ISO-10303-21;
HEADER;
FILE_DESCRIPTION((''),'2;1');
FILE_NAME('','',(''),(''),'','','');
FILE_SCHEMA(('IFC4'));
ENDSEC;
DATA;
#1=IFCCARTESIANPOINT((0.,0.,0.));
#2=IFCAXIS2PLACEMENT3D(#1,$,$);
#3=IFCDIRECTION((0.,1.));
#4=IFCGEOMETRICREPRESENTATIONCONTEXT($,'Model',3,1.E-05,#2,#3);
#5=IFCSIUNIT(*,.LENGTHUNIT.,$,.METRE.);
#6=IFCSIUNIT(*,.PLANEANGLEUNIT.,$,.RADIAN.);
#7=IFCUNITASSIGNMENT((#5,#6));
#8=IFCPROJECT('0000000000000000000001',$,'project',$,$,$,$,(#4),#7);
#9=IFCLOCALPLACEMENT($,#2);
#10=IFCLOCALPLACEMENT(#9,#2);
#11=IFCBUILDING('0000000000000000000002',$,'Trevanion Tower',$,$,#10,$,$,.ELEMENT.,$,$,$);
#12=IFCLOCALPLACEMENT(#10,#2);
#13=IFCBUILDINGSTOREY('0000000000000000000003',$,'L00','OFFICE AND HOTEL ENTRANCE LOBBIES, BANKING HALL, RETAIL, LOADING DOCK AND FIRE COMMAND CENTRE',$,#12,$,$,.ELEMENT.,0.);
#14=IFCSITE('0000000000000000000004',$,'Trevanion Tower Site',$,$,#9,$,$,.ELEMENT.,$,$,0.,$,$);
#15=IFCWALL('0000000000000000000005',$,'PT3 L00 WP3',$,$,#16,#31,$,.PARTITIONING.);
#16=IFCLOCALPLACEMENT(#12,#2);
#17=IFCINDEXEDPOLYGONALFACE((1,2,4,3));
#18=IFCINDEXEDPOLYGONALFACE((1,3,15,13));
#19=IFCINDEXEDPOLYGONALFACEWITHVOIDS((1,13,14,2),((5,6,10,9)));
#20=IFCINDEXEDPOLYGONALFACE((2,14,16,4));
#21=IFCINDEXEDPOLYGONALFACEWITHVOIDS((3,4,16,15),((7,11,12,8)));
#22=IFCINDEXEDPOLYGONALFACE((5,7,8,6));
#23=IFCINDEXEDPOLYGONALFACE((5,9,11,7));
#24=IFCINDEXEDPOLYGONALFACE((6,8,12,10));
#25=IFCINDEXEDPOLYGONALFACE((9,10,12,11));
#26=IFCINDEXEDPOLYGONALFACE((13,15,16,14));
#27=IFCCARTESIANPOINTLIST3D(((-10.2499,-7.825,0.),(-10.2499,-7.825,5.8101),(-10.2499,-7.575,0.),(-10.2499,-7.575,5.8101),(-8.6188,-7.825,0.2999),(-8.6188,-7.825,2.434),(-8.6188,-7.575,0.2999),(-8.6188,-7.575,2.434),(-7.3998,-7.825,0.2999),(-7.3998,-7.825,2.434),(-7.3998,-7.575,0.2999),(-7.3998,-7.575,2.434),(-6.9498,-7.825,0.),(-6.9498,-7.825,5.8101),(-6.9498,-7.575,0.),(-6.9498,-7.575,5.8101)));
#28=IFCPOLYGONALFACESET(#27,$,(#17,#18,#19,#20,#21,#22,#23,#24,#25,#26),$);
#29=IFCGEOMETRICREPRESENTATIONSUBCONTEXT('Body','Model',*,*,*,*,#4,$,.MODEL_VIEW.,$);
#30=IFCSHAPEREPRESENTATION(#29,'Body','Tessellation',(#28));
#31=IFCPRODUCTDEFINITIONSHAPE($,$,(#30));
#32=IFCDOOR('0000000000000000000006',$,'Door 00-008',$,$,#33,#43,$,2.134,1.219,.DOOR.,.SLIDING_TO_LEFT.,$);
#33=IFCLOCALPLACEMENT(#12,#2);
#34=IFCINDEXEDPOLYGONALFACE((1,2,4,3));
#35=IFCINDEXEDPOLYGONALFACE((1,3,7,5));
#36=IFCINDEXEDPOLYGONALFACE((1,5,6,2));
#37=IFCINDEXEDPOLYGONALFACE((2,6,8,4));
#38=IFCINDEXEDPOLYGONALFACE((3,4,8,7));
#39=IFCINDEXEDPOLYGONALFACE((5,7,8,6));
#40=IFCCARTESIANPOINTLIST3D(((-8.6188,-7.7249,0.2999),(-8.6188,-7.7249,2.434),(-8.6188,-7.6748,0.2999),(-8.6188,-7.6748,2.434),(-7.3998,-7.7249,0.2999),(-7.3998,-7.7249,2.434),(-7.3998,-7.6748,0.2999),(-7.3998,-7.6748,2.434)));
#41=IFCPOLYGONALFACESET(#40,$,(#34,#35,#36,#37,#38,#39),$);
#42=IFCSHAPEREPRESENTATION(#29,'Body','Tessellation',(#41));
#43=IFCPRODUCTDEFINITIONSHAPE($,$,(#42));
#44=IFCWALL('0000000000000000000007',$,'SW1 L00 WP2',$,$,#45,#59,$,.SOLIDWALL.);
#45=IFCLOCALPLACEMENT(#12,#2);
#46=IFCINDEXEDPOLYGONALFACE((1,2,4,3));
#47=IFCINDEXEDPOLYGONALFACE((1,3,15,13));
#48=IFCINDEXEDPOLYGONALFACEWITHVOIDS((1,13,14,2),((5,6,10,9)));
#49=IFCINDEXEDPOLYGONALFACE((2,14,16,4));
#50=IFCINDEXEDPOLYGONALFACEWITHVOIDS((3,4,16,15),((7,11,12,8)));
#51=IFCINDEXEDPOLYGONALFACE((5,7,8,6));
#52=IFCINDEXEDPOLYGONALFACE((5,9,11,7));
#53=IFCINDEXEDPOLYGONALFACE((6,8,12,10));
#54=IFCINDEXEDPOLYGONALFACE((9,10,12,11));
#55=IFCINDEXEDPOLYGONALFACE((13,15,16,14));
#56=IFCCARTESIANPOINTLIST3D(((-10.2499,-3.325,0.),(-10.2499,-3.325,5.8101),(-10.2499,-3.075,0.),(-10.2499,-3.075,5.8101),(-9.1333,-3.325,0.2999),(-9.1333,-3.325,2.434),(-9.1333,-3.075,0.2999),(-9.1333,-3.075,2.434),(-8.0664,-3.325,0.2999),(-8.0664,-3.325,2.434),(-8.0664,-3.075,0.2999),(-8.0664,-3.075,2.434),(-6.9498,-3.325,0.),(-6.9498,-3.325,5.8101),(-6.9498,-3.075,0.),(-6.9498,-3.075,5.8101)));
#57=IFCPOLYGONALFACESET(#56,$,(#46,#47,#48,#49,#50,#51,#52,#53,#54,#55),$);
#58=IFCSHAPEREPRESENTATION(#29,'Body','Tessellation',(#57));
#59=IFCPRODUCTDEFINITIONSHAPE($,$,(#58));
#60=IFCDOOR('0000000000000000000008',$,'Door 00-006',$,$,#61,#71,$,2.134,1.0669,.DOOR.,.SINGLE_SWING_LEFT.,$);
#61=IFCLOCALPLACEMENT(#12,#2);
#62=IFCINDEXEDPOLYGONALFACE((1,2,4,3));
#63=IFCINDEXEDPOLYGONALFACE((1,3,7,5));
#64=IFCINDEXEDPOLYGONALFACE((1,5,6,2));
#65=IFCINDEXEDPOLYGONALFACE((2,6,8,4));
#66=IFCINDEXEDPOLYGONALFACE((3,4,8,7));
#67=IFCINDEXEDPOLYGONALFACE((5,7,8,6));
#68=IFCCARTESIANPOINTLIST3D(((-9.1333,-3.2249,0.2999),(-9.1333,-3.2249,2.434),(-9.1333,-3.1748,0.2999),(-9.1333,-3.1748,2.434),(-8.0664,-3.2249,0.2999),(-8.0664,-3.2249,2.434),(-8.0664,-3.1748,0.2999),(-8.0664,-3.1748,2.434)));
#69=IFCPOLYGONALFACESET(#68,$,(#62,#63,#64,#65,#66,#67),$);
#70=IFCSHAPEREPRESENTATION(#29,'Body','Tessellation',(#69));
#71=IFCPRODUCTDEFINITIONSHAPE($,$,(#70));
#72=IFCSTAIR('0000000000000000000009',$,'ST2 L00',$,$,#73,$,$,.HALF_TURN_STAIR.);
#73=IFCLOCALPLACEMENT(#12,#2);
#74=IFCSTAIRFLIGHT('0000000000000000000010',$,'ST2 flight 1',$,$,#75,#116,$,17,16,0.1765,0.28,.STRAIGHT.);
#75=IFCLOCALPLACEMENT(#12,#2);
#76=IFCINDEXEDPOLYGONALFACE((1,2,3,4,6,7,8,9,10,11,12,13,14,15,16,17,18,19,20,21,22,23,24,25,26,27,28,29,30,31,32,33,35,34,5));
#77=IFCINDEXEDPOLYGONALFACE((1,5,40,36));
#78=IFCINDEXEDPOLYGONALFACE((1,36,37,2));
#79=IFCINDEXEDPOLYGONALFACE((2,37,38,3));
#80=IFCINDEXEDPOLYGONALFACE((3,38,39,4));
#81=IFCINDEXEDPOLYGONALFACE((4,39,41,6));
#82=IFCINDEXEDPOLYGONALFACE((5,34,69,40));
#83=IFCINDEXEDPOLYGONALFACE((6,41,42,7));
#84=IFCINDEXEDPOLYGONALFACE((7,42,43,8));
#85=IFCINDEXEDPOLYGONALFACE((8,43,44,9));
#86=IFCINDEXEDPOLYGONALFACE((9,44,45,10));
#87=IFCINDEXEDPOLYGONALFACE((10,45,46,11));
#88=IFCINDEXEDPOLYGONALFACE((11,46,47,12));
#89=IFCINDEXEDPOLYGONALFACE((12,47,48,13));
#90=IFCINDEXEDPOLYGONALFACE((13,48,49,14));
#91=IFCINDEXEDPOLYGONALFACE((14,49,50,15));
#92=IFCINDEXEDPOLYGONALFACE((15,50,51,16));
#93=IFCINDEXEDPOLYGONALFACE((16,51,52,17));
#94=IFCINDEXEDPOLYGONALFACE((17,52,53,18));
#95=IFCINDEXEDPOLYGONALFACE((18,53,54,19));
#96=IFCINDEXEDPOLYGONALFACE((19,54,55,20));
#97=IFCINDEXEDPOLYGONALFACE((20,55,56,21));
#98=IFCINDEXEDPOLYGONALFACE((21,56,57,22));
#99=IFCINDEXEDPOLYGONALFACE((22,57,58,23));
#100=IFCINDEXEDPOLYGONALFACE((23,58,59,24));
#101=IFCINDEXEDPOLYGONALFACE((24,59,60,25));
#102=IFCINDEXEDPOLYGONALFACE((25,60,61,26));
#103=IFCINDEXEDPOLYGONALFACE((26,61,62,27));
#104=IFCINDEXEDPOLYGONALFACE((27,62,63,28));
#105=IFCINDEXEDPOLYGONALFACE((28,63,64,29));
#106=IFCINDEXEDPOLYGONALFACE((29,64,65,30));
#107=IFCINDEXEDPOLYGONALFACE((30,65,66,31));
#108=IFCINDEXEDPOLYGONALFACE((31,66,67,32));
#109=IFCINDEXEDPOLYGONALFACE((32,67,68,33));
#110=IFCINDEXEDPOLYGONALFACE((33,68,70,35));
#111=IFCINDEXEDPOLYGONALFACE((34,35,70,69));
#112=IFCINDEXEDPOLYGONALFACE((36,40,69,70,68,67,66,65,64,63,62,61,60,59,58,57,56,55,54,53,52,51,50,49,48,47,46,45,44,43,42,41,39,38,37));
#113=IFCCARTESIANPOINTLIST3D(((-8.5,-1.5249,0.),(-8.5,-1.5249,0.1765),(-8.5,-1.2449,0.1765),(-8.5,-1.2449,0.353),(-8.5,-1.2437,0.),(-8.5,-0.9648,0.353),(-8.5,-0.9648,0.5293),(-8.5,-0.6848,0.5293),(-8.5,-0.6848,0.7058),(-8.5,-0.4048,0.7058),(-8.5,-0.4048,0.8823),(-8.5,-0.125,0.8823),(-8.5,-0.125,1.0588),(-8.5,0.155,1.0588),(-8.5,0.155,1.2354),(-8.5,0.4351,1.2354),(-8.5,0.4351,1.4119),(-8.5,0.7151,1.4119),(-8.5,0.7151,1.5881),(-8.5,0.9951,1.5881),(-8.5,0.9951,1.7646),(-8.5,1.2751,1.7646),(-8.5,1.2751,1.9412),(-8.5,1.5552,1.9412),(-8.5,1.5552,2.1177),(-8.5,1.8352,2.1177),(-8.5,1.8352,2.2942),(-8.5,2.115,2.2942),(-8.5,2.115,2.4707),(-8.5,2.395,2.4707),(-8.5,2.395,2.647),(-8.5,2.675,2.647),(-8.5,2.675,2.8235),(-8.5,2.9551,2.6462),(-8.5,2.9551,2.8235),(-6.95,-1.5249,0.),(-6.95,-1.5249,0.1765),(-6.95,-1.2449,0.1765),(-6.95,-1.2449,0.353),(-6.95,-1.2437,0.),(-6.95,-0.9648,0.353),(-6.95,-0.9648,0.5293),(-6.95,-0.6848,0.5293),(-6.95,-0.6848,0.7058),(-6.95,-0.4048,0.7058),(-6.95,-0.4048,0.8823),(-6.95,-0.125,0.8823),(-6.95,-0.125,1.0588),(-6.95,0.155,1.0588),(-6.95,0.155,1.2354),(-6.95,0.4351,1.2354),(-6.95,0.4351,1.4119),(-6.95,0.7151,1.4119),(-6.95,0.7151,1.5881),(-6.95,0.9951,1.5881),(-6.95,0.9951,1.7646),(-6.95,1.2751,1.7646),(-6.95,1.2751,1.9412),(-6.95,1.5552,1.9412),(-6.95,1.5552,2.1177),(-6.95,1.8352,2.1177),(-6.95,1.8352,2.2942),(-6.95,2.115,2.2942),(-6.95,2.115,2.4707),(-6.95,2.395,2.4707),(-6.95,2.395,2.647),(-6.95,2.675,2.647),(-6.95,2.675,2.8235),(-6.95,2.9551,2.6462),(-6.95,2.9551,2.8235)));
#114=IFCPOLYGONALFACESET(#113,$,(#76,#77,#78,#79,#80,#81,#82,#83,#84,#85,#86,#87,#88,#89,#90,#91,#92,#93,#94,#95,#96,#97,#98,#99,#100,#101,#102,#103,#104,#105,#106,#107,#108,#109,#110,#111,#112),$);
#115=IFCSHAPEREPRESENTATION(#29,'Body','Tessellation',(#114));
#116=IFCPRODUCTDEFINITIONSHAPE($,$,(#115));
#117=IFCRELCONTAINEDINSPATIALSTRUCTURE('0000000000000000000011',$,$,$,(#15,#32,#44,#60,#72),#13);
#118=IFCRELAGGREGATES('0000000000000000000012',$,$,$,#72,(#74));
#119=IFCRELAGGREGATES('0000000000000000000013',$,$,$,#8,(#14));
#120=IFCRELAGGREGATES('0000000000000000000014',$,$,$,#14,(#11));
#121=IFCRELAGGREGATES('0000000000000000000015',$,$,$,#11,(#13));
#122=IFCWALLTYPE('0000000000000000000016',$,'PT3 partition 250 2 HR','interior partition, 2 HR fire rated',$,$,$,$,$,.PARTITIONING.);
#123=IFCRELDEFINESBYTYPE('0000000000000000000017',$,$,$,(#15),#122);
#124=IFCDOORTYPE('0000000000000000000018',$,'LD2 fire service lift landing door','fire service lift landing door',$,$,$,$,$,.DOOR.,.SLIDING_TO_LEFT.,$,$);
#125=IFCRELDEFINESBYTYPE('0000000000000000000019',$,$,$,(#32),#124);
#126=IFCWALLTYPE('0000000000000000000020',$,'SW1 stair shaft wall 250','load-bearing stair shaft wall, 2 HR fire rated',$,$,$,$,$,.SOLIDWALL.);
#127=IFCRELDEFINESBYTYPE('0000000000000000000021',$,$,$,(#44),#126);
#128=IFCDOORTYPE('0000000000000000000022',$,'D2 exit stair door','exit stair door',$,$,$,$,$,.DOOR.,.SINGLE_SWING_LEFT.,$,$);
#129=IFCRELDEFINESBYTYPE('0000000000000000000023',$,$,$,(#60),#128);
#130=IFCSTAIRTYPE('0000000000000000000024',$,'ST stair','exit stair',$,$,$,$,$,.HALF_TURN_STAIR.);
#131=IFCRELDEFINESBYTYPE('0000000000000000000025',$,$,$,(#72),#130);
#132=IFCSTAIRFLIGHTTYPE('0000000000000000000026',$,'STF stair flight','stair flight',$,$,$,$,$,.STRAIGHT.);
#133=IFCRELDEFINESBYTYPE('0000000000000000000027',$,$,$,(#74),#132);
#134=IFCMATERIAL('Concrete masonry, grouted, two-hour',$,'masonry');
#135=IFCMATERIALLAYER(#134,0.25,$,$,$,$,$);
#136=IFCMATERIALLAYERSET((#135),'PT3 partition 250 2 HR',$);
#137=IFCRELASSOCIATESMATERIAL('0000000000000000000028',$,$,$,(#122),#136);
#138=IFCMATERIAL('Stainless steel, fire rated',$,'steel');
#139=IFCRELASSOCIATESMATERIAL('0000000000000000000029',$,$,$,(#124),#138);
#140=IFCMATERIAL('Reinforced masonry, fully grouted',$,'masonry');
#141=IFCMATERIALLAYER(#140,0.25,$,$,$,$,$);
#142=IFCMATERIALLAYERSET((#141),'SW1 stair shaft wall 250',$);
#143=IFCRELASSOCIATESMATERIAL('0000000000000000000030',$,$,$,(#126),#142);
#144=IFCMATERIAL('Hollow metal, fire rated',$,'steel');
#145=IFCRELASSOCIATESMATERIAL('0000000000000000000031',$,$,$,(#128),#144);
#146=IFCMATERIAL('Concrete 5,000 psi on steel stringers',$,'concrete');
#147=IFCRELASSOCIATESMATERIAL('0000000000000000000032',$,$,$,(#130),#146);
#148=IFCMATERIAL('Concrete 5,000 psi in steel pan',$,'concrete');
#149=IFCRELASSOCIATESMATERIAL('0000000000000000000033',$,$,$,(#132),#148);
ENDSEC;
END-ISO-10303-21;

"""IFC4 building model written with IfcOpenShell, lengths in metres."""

from ifc_helpers import new_model, si_unit, direction, frame, frame_2d, origin, place, context, subcontext, project, spatial, polyline, rectangle, outline, extrude, material, layer, layer_set, type_object, element, fill, aggregate, save


model = new_model("IFC4")

# Units and contexts
model_context = context("Model", 3, precision=1e-05, world=origin(), true_north=direction((0.0, 1.0)))
body_context = subcontext(model_context, "Body", "Model", "MODEL_VIEW")
ifc_project = project(units=[si_unit("LENGTHUNIT", "METRE"), si_unit("PLANEANGLEUNIT", "RADIAN")], contexts=[model_context])

# Site, building, storey
site_placement = place(None, origin())
site = spatial("IfcSite", under=ifc_project, at=site_placement, Name="Trevanion Tower Site", CompositionType="ELEMENT", RefElevation=0.0)
building_placement = place(site_placement, origin())
building = spatial("IfcBuilding", under=site, at=building_placement, Name="Trevanion Tower", CompositionType="ELEMENT")
storey_placement = place(building_placement, origin())
storey = spatial("IfcBuildingStorey", under=building, at=storey_placement, Name="L00", Description="OFFICE AND HOTEL ENTRANCE LOBBIES, BANKING HALL, RETAIL, LOADING DOCK AND FIRE COMMAND CENTRE", CompositionType="ELEMENT", Elevation=0.0)

# Walls, openings, doors
ifc_material_1 = material(Name="Concrete masonry, grouted, two-hour", Category="masonry")
ifc_layer_1 = layer(ifc_material_1, 0.25)
ifc_layer_set_1 = layer_set([ifc_layer_1], Name="PT3 partition 250 2 HR")
wall_type_1 = type_object("IfcWallType", Name="PT3 partition 250 2 HR", Description="interior partition, 2 HR fire rated", PredefinedType="PARTITIONING", material=ifc_layer_set_1)
wall_1_placement = place(storey_placement, frame((-6.95, -7.7, 0.0), z_axis=(0.0, 0.0, 1.0), x_axis=(-1.0, 0.0, 0.0)))
wall_1 = element("IfcWall", 1, at=wall_1_placement, inside=storey, type_object=wall_type_1, Name="PT3 L00 WP3", PredefinedType="PARTITIONING", context=body_context, shape_type="SweptSolid", body=[
    extrude(rectangle(XDim=3.3, YDim=0.25, at=frame_2d((1.6499, 0.0))), origin(), (0.0, 0.0, 1.0), 5.8101),
])
opening_1_placement = place(wall_1_placement, frame((0.45, 0.0, 0.3)))
opening_1 = element("IfcOpeningElement", 2, at=opening_1_placement, cuts=wall_1, PredefinedType="OPENING", context=body_context, shape_type="SweptSolid", body=[
    extrude(rectangle(XDim=1.219, YDim=2.134, at=frame_2d((0.6094, 1.0669))), frame((0.0, 0.135, 0.0), z_axis=(0.0, -1.0, 0.0), x_axis=(1.0, 0.0, 0.0)), (0.0, 0.0, 1.0), 0.27),
])
ifc_material_2 = material(Name="Stainless steel, fire rated", Category="steel")
door_type_1 = type_object("IfcDoorType", Name="LD2 fire service lift landing door", Description="fire service lift landing door", OperationType="SLIDING_TO_LEFT", PredefinedType="DOOR", material=ifc_material_2)
door_1_placement = place(opening_1_placement, origin())
door_1 = element("IfcDoor", 3, at=door_1_placement, inside=storey, type_object=door_type_1, Name="Door 00-008", OperationType="SLIDING_TO_LEFT", OverallHeight=2.134, OverallWidth=1.219, PredefinedType="DOOR", context=body_context, shape_type="SweptSolid", body=[
    extrude(rectangle(XDim=1.219, YDim=2.134, at=frame_2d((0.6094, 1.0669))), frame((0.0, 0.0249, 0.0), z_axis=(0.0, -1.0, 0.0), x_axis=(1.0, 0.0, 0.0)), (0.0, 0.0, 1.0), 0.05),
])
fill(opening_1, door_1)
ifc_material_3 = material(Name="Reinforced masonry, fully grouted", Category="masonry")
ifc_layer_2 = layer(ifc_material_3, 0.25)
ifc_layer_set_2 = layer_set([ifc_layer_2], Name="SW1 stair shaft wall 250")
wall_type_2 = type_object("IfcWallType", Name="SW1 stair shaft wall 250", Description="load-bearing stair shaft wall, 2 HR fire rated", PredefinedType="SOLIDWALL", material=ifc_layer_set_2)
wall_2_placement = place(storey_placement, frame((-6.95, -3.2, 0.0), z_axis=(0.0, 0.0, 1.0), x_axis=(-1.0, 0.0, 0.0)))
wall_2 = element("IfcWall", 4, at=wall_2_placement, inside=storey, type_object=wall_type_2, Name="SW1 L00 WP2", PredefinedType="SOLIDWALL", context=body_context, shape_type="SweptSolid", body=[
    extrude(rectangle(XDim=3.3, YDim=0.25, at=frame_2d((1.6499, 0.0))), origin(), (0.0, 0.0, 1.0), 5.8101),
])
opening_2_placement = place(wall_2_placement, frame((1.1165, 0.0, 0.3)))
opening_2 = element("IfcOpeningElement", 5, at=opening_2_placement, cuts=wall_2, PredefinedType="OPENING", context=body_context, shape_type="SweptSolid", body=[
    extrude(rectangle(XDim=1.0669, YDim=2.134, at=frame_2d((0.5334, 1.0669))), frame((0.0, 0.135, 0.0), z_axis=(0.0, -1.0, 0.0), x_axis=(1.0, 0.0, 0.0)), (0.0, 0.0, 1.0), 0.27),
])
ifc_material_4 = material(Name="Hollow metal, fire rated", Category="steel")
door_type_2 = type_object("IfcDoorType", Name="D2 exit stair door", Description="exit stair door", OperationType="SINGLE_SWING_LEFT", PredefinedType="DOOR", material=ifc_material_4)
door_2_placement = place(opening_2_placement, origin())
door_2 = element("IfcDoor", 6, at=door_2_placement, inside=storey, type_object=door_type_2, Name="Door 00-006", OperationType="SINGLE_SWING_LEFT", OverallHeight=2.134, OverallWidth=1.0669, PredefinedType="DOOR", context=body_context, shape_type="SweptSolid", body=[
    extrude(rectangle(XDim=1.0669, YDim=2.134, at=frame_2d((0.5334, 1.0669))), frame((0.0, 0.0249, 0.0), z_axis=(0.0, -1.0, 0.0), x_axis=(1.0, 0.0, 0.0)), (0.0, 0.0, 1.0), 0.05),
])
fill(opening_2, door_2)

# Stair, stair flight
ifc_material_5 = material(Name="Concrete 5,000 psi on steel stringers", Category="concrete")
stair_type = type_object("IfcStairType", Name="ST stair", Description="exit stair", PredefinedType="HALF_TURN_STAIR", material=ifc_material_5)
stair_placement = place(storey_placement, origin())
stair = element("IfcStair", 7, at=stair_placement, inside=storey, type_object=stair_type, Name="ST2 L00", PredefinedType="HALF_TURN_STAIR")
ifc_material_6 = material(Name="Concrete 5,000 psi in steel pan", Category="concrete")
stair_flight_type = type_object("IfcStairFlightType", Name="STF stair flight", Description="stair flight", PredefinedType="STRAIGHT", material=ifc_material_6)
stair_flight_placement = place(storey_placement, frame((-7.7251, -1.5249, 0.0), z_axis=(0.0, 0.0, 1.0), x_axis=(0.0, 1.0, 0.0)))
stair_flight = element("IfcStairFlight", 8, at=stair_flight_placement, type_object=stair_flight_type, Name="ST2 flight 1", NumberOfRisers=17, NumberOfTreads=16, PredefinedType="STRAIGHT", RiserHeight=0.1765, TreadLength=0.28, context=body_context, shape_type="SweptSolid", body=[
    extrude(outline(polyline([(0.0, 0.0), (0.0, 0.1765), (0.28, 0.1765), (0.28, 0.353), (0.5601, 0.353), (0.5601, 0.5293), (0.8401, 0.5293), (0.8401, 0.7058), (1.1201, 0.7058), (1.1201, 0.8823), (1.3999, 0.8823), (1.3999, 1.0588), (1.6799, 1.0588), (1.6799, 1.2354), (1.96, 1.2354), (1.96, 1.4119), (2.24, 1.4119), (2.24, 1.5881), (2.52, 1.5881), (2.52, 1.7646), (2.8, 1.7646), (2.8, 1.9412), (3.0801, 1.9412), (3.0801, 2.1177), (3.3601, 2.1177), (3.3601, 2.2942), (3.6399, 2.2942), (3.6399, 2.4707), (3.9199, 2.4707), (3.9199, 2.647), (4.2, 2.647), (4.2, 2.8235), (4.48, 2.8235), (4.48, 3.0), (4.48, 2.6462), (0.2812, 0.0), (0.0, 0.0)])), frame((0.0, 0.7749, 0.0), z_axis=(0.0, -1.0, 0.0), x_axis=(1.0, 0.0, 0.0)), (0.0, 0.0, 1.0), 1.55),
])
aggregate(stair, [stair_flight])

save(model, "model.ifc")
